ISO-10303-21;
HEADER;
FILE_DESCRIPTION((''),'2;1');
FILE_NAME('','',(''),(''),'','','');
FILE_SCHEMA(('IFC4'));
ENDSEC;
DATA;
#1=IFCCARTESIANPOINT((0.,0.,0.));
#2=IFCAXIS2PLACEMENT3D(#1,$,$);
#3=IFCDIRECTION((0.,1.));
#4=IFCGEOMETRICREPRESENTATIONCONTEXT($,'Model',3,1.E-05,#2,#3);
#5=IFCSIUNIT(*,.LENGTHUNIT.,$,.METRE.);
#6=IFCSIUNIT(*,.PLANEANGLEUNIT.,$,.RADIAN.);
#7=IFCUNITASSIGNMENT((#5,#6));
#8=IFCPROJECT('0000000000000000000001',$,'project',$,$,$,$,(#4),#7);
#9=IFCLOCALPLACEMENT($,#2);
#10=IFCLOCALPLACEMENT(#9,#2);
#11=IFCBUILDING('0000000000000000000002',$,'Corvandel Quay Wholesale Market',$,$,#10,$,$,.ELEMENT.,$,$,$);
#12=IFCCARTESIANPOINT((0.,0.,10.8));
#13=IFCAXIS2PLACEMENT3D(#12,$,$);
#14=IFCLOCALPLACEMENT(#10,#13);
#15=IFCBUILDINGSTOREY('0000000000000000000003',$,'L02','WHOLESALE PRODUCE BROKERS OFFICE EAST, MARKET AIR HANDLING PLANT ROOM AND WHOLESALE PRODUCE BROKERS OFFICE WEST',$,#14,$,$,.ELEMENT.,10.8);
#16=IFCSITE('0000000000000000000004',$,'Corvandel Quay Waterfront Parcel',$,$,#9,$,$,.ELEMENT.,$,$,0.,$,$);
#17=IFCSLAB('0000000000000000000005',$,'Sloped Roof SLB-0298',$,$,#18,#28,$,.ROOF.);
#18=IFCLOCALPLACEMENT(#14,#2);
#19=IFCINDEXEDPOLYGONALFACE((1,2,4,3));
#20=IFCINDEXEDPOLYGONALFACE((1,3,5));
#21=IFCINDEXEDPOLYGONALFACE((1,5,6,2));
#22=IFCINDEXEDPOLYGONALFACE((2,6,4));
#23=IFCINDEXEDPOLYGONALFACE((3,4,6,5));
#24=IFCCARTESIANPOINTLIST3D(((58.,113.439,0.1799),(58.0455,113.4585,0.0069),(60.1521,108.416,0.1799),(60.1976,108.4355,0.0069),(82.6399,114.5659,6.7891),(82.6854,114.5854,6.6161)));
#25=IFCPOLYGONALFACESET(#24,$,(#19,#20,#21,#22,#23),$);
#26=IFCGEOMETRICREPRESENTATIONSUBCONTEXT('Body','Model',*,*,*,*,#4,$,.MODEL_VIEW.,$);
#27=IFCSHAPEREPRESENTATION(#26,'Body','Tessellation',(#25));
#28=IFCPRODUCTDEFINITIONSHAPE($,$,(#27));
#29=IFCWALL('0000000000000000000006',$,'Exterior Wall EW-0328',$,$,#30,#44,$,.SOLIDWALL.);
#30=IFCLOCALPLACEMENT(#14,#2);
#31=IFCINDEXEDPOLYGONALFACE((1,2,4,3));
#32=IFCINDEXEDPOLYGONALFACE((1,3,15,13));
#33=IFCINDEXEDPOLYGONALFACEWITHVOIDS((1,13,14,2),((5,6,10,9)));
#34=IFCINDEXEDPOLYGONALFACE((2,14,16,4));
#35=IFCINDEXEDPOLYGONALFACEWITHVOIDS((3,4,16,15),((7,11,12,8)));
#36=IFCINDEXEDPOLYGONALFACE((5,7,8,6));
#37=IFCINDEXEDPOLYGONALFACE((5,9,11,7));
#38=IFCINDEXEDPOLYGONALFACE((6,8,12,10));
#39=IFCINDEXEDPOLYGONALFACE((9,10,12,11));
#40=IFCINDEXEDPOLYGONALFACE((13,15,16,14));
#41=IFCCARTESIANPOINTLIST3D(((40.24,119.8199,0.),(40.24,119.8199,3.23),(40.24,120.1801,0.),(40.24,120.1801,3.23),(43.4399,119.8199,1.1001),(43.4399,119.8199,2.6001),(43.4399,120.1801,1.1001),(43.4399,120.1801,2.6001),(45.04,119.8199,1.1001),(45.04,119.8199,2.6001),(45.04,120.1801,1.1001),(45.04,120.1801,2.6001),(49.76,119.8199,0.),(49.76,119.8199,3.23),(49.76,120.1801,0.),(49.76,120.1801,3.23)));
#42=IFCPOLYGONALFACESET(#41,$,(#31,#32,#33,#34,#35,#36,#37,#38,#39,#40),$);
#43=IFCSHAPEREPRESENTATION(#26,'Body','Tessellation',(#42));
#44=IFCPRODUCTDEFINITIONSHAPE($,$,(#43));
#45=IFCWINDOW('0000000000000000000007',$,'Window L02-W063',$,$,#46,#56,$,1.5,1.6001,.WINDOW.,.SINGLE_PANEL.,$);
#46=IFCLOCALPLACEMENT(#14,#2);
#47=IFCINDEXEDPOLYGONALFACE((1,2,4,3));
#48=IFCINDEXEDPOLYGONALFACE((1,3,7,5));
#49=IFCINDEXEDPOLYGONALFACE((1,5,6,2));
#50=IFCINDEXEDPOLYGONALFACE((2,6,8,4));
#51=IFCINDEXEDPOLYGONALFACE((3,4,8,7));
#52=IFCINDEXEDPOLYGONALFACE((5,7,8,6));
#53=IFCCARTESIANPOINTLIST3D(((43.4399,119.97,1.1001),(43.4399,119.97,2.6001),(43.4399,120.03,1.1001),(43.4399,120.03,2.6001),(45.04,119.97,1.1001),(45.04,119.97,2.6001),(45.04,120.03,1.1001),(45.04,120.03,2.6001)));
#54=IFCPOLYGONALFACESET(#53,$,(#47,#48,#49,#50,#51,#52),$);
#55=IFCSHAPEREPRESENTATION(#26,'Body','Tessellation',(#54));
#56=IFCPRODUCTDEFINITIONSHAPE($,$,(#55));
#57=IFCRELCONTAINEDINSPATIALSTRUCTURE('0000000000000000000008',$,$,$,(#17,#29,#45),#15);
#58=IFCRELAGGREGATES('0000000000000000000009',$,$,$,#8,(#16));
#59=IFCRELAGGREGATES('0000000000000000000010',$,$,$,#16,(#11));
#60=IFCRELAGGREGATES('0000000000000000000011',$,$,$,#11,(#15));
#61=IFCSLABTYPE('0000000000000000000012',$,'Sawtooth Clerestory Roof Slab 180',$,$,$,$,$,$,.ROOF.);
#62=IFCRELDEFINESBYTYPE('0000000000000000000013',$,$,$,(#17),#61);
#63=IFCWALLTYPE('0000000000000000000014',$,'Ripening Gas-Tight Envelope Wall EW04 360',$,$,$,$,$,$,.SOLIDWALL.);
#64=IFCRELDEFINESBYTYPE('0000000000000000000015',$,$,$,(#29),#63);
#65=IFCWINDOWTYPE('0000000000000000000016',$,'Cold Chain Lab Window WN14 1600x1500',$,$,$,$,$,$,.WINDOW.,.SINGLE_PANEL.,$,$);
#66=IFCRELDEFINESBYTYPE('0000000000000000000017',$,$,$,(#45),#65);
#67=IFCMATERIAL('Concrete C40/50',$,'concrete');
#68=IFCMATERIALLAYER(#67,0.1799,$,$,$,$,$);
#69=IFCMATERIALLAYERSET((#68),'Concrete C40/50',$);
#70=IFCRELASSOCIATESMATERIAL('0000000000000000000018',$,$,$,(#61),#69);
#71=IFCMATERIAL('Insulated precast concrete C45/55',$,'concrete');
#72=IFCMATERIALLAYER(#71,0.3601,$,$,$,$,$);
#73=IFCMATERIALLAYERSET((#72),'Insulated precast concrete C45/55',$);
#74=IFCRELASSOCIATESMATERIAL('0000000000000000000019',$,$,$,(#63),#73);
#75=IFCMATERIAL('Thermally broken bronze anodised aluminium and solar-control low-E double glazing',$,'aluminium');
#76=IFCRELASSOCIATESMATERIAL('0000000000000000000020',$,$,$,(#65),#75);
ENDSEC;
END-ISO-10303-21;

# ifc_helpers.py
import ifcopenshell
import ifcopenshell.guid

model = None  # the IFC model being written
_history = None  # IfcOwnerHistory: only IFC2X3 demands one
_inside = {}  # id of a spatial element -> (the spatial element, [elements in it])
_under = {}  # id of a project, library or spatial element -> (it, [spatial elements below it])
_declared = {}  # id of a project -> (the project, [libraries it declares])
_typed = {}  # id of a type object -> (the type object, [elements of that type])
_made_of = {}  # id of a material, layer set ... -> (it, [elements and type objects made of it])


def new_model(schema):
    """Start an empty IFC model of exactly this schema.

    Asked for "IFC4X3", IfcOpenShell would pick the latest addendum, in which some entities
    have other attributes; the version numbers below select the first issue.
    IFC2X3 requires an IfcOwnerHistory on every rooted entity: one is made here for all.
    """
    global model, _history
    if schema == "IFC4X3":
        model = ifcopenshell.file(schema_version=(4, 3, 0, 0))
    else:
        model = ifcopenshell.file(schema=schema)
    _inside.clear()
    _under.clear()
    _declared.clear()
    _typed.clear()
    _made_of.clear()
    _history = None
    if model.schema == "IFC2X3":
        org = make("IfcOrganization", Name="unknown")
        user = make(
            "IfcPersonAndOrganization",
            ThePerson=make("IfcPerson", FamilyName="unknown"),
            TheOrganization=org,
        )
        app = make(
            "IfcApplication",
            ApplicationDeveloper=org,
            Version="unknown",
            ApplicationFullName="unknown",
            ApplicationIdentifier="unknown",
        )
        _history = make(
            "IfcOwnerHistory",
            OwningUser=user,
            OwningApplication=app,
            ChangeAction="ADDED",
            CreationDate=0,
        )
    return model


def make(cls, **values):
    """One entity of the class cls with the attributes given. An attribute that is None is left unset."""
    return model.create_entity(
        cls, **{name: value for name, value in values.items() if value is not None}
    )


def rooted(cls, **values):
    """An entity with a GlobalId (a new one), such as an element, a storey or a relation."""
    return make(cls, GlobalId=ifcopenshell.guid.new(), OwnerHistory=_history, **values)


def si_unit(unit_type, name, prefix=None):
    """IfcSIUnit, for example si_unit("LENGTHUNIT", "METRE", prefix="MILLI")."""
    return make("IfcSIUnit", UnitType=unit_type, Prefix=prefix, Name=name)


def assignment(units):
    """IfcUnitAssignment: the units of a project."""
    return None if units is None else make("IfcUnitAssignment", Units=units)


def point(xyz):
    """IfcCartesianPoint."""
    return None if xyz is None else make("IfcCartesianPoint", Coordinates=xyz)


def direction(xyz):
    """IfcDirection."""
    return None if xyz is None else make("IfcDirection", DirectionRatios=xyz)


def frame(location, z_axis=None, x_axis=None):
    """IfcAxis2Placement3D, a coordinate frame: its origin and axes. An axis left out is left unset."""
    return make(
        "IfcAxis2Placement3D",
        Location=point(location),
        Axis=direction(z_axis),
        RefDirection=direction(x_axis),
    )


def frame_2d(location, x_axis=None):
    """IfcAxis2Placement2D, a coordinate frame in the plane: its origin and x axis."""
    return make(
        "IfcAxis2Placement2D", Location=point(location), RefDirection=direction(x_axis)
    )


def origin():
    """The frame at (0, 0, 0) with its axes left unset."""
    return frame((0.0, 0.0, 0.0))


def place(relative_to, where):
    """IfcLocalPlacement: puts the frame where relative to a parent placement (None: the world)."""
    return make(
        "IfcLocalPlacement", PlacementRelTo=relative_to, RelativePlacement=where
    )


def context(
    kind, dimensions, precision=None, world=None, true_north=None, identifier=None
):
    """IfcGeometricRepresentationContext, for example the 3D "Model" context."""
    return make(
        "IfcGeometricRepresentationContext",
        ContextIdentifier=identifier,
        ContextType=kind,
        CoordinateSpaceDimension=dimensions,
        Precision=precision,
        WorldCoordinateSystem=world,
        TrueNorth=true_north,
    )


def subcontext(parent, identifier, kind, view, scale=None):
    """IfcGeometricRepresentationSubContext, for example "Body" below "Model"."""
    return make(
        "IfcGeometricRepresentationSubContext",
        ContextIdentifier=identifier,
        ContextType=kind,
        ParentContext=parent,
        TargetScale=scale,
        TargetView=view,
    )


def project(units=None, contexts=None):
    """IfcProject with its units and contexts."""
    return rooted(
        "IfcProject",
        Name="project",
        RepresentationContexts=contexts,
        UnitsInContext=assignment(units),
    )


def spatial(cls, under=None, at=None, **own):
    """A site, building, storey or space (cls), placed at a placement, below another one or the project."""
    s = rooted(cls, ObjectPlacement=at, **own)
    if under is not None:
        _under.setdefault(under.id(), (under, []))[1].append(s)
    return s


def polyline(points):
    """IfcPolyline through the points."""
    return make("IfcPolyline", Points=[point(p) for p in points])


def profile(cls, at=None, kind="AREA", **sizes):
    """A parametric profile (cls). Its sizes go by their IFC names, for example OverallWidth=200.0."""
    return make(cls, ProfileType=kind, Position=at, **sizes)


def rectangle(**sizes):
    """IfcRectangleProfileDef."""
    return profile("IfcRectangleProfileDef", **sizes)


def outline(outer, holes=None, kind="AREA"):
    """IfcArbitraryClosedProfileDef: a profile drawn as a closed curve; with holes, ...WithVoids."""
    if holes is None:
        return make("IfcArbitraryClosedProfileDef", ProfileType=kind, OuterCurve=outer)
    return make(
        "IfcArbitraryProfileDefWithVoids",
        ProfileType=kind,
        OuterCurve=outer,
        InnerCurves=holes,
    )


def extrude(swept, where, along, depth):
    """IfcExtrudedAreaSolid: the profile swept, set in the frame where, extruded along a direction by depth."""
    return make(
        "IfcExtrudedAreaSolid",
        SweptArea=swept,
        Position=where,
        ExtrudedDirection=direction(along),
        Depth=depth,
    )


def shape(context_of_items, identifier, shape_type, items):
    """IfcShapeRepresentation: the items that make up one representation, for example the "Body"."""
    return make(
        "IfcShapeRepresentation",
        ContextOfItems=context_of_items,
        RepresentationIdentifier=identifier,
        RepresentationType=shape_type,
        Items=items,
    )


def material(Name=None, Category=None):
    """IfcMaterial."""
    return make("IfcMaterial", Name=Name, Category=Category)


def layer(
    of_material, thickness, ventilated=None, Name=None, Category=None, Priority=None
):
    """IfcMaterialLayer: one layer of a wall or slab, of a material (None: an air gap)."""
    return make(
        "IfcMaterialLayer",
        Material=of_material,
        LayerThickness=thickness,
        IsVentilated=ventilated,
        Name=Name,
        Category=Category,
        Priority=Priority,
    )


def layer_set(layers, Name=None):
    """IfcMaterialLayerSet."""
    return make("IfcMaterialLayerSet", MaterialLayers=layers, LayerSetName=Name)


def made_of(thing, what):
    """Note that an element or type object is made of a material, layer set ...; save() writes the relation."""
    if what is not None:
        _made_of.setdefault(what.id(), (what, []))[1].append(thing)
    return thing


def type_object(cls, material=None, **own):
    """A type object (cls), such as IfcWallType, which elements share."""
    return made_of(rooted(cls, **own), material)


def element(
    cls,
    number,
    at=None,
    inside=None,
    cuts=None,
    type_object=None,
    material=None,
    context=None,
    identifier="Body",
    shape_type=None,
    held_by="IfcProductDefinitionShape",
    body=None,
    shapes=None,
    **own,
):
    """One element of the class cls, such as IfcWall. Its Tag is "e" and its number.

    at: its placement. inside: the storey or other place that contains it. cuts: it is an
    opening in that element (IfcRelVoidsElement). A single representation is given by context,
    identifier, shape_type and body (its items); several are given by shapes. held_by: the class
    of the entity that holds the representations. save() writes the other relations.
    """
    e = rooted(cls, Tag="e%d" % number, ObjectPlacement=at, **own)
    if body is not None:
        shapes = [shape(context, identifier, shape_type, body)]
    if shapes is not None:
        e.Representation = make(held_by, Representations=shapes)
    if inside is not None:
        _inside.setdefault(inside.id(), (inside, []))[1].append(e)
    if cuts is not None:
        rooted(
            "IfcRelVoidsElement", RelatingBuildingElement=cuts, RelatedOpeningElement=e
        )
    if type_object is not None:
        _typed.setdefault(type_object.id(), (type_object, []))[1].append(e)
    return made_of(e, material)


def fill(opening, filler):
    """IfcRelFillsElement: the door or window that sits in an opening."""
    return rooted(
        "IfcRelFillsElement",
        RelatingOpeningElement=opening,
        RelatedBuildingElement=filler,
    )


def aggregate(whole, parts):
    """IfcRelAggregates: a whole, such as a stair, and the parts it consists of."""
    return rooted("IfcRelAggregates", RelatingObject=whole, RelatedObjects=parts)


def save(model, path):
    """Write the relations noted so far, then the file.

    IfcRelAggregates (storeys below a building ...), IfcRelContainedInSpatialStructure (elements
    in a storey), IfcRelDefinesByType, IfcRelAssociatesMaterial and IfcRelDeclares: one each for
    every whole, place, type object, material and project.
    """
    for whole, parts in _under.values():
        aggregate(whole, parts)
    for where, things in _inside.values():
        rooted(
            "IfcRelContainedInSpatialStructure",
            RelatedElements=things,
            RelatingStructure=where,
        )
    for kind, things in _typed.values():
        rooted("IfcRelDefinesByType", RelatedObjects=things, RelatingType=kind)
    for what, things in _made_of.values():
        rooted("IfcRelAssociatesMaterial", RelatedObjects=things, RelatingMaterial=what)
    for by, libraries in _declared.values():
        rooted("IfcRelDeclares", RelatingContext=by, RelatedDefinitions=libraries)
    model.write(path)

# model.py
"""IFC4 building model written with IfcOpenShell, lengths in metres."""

from ifc_helpers import new_model, si_unit, direction, frame, frame_2d, origin, place, context, subcontext, project, spatial, polyline, rectangle, outline, extrude, material, layer, layer_set, type_object, element, fill, save


model = new_model("IFC4")

# Units and contexts
model_context = context("Model", 3, precision=1e-05, world=origin(), true_north=direction((0.0, 1.0)))
body_context = subcontext(model_context, "Body", "Model", "MODEL_VIEW")
ifc_project = project(units=[si_unit("LENGTHUNIT", "METRE"), si_unit("PLANEANGLEUNIT", "RADIAN")], contexts=[model_context])

# Site, building, storey
site_placement = place(None, origin())
site = spatial("IfcSite", under=ifc_project, at=site_placement, Name="Corvandel Quay Waterfront Parcel", CompositionType="ELEMENT", RefElevation=0.0)
building_placement = place(site_placement, origin())
building = spatial("IfcBuilding", under=site, at=building_placement, Name="Corvandel Quay Wholesale Market", CompositionType="ELEMENT")
storey_placement = place(building_placement, frame((0.0, 0.0, 10.8)))
storey = spatial("IfcBuildingStorey", under=building, at=storey_placement, Name="L02", Description="WHOLESALE PRODUCE BROKERS OFFICE EAST, MARKET AIR HANDLING PLANT ROOM AND WHOLESALE PRODUCE BROKERS OFFICE WEST", CompositionType="ELEMENT", Elevation=10.8)

# Slab
ifc_material_1 = material(Name="Concrete C40/50", Category="concrete")
ifc_layer_1 = layer(ifc_material_1, 0.1799)
ifc_layer_set_1 = layer_set([ifc_layer_1], Name="Concrete C40/50")
slab_type = type_object("IfcSlabType", Name="Sawtooth Clerestory Roof Slab 180", PredefinedType="ROOF", material=ifc_layer_set_1)
slab_1_placement = place(storey_placement, frame((58.0, 113.439, 0.1799), z_axis=(-0.252919, -0.108364, 0.9614), x_axis=(0.393828, -0.919184, 0.0)))
element("IfcSlab", 1, at=slab_1_placement, inside=storey, type_object=slab_type, Name="Sloped Roof SLB-0298", PredefinedType="ROOF", context=body_context, shape_type="SweptSolid", body=[
    extrude(outline(polyline([(0.0, 0.0), (5.4646, 0.0), (8.668, 24.0196), (0.0, 0.0)])), origin(), (0.0, 0.0, -1.0), 0.1799),
])

# Wall, opening, window
ifc_material_2 = material(Name="Insulated precast concrete C45/55", Category="concrete")
ifc_layer_2 = layer(ifc_material_2, 0.3601)
ifc_layer_set_2 = layer_set([ifc_layer_2], Name="Insulated precast concrete C45/55")
wall_type = type_object("IfcWallType", Name="Ripening Gas-Tight Envelope Wall EW04 360", PredefinedType="SOLIDWALL", material=ifc_layer_set_2)
wall_placement = place(storey_placement, frame((40.24, 120.0, 0.0), z_axis=(0.0, 0.0, 1.0), x_axis=(1.0, 0.0, 0.0)))
wall = element("IfcWall", 2, at=wall_placement, inside=storey, type_object=wall_type, Name="Exterior Wall EW-0328", PredefinedType="SOLIDWALL", context=body_context, shape_type="SweptSolid", body=[
    extrude(rectangle(XDim=9.52, YDim=0.3601, at=frame_2d((4.76, 0.0))), origin(), (0.0, 0.0, 1.0), 3.23),
])
opening_placement = place(wall_placement, frame((3.2, 0.0, 1.1001)))
opening = element("IfcOpeningElement", 3, at=opening_placement, cuts=wall, PredefinedType="OPENING", context=body_context, shape_type="SweptSolid", body=[
    extrude(rectangle(XDim=1.6001, YDim=1.5, at=frame_2d((0.8, 0.75))), frame((0.0, 0.1899, 0.0), z_axis=(0.0, -1.0, 0.0), x_axis=(1.0, 0.0, 0.0)), (0.0, 0.0, 1.0), 0.3801),
])
ifc_material_3 = material(Name="Thermally broken bronze anodised aluminium and solar-control low-E double glazing", Category="aluminium")
window_type = type_object("IfcWindowType", Name="Cold Chain Lab Window WN14 1600x1500", PartitioningType="SINGLE_PANEL", PredefinedType="WINDOW", material=ifc_material_3)
window_placement = place(opening_placement, origin())
window = element("IfcWindow", 4, at=window_placement, inside=storey, type_object=window_type, Name="Window L02-W063", OverallHeight=1.5, OverallWidth=1.6001, PartitioningType="SINGLE_PANEL", PredefinedType="WINDOW", context=body_context, shape_type="SweptSolid", body=[
    extrude(rectangle(XDim=1.6001, YDim=1.5, at=frame_2d((0.8, 0.75))), frame((0.0, 0.03, 0.0), z_axis=(0.0, -1.0, 0.0), x_axis=(1.0, 0.0, 0.0)), (0.0, 0.0, 1.0), 0.0601),
])
fill(opening, window)

save(model, "model.ifc")
